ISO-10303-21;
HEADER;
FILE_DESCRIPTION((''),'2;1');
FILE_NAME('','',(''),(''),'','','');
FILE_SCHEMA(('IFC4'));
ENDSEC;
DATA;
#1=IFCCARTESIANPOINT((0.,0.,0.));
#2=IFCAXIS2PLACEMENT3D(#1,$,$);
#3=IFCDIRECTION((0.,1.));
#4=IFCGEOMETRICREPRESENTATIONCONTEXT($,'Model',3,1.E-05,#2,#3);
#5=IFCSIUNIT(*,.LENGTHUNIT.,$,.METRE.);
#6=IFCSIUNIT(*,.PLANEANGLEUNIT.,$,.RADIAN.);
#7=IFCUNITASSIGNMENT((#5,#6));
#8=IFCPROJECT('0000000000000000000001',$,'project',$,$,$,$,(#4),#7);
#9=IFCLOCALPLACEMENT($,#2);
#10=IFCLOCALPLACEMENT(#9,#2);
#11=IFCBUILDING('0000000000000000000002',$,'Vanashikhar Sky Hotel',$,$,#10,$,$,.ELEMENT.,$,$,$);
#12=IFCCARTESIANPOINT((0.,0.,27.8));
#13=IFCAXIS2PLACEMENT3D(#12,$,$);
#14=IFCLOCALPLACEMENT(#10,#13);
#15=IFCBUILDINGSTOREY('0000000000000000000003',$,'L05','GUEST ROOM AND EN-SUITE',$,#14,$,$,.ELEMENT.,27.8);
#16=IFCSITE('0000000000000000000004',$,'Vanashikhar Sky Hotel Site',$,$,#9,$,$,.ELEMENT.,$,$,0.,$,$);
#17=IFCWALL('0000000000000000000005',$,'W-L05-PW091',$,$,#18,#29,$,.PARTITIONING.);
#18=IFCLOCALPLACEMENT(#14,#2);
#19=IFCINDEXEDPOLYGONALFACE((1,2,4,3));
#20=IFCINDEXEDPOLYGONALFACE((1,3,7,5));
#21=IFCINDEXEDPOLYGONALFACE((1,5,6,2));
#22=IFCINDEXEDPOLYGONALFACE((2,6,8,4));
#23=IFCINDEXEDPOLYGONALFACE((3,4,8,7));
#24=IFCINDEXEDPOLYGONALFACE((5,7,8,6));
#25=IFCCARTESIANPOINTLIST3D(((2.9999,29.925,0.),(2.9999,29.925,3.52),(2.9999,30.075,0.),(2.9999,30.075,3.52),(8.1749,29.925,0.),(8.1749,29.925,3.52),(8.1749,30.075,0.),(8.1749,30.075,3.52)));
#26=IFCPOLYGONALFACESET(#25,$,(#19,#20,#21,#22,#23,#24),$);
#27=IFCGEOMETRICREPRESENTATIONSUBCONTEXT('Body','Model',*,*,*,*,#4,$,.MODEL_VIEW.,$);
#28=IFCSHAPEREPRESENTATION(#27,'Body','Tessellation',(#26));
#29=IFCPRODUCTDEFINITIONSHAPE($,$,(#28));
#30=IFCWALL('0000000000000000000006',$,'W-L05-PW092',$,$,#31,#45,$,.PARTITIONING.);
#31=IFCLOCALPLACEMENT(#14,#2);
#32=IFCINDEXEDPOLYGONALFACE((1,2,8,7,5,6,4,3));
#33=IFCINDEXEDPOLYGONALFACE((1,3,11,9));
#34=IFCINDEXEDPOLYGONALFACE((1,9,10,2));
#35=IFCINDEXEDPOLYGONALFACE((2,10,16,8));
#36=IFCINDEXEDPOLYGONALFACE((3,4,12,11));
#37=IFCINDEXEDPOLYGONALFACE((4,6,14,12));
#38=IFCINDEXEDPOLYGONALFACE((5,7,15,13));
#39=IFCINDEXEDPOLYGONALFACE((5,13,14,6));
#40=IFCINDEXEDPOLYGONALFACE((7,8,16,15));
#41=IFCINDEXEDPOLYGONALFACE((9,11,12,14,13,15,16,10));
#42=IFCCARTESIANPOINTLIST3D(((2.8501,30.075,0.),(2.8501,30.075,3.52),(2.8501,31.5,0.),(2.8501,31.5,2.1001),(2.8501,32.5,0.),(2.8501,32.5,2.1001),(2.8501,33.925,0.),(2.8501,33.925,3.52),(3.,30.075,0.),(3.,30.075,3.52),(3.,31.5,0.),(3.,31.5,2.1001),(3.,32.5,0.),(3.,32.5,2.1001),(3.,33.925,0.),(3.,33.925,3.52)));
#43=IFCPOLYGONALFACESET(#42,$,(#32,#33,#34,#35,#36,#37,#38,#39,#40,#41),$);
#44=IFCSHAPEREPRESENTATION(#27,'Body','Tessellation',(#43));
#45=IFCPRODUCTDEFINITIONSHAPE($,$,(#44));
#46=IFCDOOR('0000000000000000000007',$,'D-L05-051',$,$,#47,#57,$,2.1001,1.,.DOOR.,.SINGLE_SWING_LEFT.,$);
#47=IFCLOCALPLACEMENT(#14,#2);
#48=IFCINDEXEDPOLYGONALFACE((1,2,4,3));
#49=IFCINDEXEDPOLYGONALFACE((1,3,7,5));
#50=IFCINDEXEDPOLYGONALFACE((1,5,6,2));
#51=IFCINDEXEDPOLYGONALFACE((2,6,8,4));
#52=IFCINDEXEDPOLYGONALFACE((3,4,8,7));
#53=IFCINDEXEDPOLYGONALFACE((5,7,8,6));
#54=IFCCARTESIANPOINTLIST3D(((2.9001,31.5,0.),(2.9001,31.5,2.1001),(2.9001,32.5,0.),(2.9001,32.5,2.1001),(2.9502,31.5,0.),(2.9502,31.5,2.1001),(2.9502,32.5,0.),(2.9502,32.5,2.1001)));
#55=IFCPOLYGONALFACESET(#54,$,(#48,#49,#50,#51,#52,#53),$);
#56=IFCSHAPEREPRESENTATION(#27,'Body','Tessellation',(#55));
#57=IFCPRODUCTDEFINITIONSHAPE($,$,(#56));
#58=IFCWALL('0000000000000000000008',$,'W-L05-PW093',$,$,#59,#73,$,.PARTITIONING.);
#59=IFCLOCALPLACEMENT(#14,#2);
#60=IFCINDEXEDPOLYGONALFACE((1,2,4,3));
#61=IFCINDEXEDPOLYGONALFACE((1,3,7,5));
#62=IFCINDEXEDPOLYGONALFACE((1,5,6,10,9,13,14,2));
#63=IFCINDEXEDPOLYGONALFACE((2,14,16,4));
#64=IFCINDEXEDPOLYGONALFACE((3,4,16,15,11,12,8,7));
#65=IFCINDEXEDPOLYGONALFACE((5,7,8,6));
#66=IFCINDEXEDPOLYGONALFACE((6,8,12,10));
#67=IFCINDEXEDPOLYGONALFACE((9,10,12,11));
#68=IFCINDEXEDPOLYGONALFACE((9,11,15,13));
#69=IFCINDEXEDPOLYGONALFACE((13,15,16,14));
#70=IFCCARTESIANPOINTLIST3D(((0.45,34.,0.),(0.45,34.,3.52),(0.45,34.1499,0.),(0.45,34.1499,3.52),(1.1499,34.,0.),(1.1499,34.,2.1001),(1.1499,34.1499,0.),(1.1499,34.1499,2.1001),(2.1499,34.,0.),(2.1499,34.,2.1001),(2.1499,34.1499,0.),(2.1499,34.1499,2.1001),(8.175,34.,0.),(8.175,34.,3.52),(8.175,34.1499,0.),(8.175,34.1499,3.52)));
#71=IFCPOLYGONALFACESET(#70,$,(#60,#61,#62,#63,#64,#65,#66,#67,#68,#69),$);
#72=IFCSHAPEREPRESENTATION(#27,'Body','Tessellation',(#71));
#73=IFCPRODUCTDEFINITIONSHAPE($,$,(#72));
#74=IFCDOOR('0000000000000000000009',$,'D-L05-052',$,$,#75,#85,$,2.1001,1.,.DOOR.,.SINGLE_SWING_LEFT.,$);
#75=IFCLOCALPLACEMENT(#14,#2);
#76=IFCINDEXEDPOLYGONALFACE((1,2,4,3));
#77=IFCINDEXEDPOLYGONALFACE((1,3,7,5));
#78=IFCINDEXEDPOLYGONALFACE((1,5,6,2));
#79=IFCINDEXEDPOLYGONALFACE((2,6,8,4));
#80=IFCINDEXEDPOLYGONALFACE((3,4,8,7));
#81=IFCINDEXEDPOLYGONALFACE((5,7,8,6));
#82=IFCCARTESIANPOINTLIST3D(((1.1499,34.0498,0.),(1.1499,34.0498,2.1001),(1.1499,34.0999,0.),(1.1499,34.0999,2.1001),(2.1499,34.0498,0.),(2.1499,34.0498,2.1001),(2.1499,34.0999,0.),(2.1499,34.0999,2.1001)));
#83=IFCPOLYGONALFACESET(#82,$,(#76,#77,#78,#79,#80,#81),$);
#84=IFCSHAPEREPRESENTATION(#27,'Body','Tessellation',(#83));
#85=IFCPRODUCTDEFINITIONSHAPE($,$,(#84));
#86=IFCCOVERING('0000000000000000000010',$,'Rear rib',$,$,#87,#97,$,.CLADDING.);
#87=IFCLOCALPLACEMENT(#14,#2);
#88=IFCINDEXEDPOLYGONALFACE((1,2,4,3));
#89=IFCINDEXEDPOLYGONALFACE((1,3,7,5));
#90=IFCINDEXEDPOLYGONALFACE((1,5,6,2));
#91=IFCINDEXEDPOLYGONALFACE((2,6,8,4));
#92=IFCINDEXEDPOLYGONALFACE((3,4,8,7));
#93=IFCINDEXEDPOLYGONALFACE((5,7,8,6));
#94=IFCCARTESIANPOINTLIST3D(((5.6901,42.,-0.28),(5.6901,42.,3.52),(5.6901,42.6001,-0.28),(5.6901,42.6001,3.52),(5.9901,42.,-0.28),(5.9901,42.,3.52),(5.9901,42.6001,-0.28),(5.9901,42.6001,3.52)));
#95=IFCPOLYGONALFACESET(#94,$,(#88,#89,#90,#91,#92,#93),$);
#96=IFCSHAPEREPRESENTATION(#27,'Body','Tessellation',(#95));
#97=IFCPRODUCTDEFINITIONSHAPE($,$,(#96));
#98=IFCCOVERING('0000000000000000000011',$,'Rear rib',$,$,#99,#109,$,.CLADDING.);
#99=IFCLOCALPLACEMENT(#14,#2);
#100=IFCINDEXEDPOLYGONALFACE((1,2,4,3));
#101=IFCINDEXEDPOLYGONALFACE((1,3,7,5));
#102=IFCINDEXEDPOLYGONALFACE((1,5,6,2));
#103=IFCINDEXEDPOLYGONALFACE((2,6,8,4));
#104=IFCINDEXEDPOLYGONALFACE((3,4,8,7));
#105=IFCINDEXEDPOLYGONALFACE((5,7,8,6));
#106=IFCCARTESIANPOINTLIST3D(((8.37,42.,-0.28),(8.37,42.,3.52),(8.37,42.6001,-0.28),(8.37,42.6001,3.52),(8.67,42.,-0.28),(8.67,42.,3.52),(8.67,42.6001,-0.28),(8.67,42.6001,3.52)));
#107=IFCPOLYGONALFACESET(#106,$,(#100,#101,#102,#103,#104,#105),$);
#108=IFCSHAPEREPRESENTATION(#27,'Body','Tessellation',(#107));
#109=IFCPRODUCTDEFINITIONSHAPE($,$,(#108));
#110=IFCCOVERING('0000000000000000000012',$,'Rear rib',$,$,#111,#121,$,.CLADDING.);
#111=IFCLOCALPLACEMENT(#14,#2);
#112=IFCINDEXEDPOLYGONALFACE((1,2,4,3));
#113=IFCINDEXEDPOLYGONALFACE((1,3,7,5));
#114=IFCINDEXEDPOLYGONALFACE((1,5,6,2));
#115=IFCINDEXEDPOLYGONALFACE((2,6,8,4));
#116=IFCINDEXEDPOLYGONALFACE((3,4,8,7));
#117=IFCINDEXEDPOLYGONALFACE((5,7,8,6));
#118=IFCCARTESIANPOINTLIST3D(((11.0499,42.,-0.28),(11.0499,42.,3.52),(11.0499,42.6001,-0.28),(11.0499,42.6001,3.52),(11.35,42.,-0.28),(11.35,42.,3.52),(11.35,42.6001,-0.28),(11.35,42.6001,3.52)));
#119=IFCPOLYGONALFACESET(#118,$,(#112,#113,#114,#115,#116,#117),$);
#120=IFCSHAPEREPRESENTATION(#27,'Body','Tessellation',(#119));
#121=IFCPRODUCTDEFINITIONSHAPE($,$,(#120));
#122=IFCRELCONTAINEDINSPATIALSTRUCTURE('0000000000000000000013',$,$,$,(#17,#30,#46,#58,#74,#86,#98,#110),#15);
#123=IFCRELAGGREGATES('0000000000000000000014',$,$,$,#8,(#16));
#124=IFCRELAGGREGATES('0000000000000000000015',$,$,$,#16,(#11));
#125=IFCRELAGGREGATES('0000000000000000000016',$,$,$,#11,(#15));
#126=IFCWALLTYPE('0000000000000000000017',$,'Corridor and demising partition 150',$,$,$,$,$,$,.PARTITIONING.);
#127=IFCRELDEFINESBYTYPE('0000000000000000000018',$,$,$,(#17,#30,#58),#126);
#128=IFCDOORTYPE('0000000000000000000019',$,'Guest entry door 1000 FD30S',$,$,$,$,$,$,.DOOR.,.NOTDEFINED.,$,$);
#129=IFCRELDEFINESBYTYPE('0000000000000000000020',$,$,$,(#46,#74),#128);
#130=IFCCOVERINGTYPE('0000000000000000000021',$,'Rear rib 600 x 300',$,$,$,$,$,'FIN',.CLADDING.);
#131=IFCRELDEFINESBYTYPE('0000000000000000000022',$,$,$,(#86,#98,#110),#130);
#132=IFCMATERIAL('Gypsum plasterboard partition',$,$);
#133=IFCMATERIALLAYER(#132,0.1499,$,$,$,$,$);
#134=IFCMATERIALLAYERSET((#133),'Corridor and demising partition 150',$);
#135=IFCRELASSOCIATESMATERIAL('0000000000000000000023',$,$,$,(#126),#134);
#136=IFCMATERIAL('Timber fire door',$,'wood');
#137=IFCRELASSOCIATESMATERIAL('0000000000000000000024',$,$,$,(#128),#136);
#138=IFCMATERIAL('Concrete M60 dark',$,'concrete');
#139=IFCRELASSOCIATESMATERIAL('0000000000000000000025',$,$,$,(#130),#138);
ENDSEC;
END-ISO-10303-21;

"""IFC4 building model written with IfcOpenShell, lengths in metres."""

from ifc_helpers import new_model, si_unit, direction, frame, frame_2d, origin, origin_2d, place, context, subcontext, project, spatial, rectangle, extrude, source, transform, mapped, material, layer, layer_set, material_profile, profile_set, type_object, element, fill, save


model = new_model("IFC4")

# Units and contexts
model_context = context("Model", 3, precision=1e-05, world=origin(), true_north=direction((0.0, 1.0)))
body_context = subcontext(model_context, "Body", "Model", "MODEL_VIEW")
ifc_project = project(units=[si_unit("LENGTHUNIT", "METRE"), si_unit("PLANEANGLEUNIT", "RADIAN")], contexts=[model_context])

# Site, building, storey
site_placement = place(None, origin())
site = spatial("IfcSite", under=ifc_project, at=site_placement, Name="Vanashikhar Sky Hotel Site", CompositionType="ELEMENT", RefElevation=0.0)
building_placement = place(site_placement, origin())
building = spatial("IfcBuilding", under=site, at=building_placement, Name="Vanashikhar Sky Hotel", CompositionType="ELEMENT")
storey_placement = place(building_placement, frame((0.0, 0.0, 27.8)))
storey = spatial("IfcBuildingStorey", under=building, at=storey_placement, Name="L05", Description="GUEST ROOM AND EN-SUITE", CompositionType="ELEMENT", Elevation=27.8)

# Shared definitions
ifc_material_1 = material(Name="Gypsum plasterboard partition")

# Wall
ifc_layer_1 = layer(ifc_material_1, 0.1499)
ifc_layer_set_1 = layer_set([ifc_layer_1], Name="Corridor and demising partition 150")
wall_type_1 = type_object("IfcWallType", Name="Corridor and demising partition 150", PredefinedType="PARTITIONING", material=ifc_layer_set_1)
shared_shape_1 = source(origin(), body_context, "Body", "SweptSolid", [
    extrude(rectangle(XDim=5.175, YDim=0.1499, at=frame_2d((2.5874, 0.0))), origin(), (0.0, 0.0, 1.0), 3.52),
])
wall_1_placement = place(storey_placement, frame((3.0, 30.0, 0.0), z_axis=(0.0, 0.0, 1.0), x_axis=(1.0, 0.0, 0.0)))
element("IfcWall", 1, at=wall_1_placement, inside=storey, type_object=wall_type_1, Name="W-L05-PW091", PredefinedType="PARTITIONING", context=body_context, shape_type="MappedRepresentation", body=[
    mapped(shared_shape_1, transform((0.0, 0.0, 0.0), scale=1.0)),
])

# Walls, openings, doors
shared_shape_2 = source(origin(), body_context, "Body", "SweptSolid", [
    extrude(rectangle(XDim=3.8501, YDim=0.1499, at=frame_2d((1.925, 0.0))), origin(), (0.0, 0.0, 1.0), 3.52),
])
wall_2_placement = place(storey_placement, frame((2.925, 30.075, 0.0), z_axis=(0.0, 0.0, 1.0), x_axis=(0.0, 1.0, 0.0)))
wall_2 = element("IfcWall", 2, at=wall_2_placement, inside=storey, type_object=wall_type_1, Name="W-L05-PW092", PredefinedType="PARTITIONING", context=body_context, shape_type="MappedRepresentation", body=[
    mapped(shared_shape_2, transform((0.0, 0.0, 0.0), scale=1.0)),
])
shared_shape_3 = source(origin(), body_context, "Body", "SweptSolid", [
    extrude(rectangle(XDim=1.0, YDim=2.1001, at=frame_2d((0.5, 1.05))), frame((0.0, 0.085, 0.0), z_axis=(0.0, -1.0, 0.0), x_axis=(1.0, 0.0, 0.0)), (0.0, 0.0, 1.0), 0.1699),
])
opening_1_placement = place(wall_2_placement, frame((1.425, 0.0, 0.0)))
opening_1 = element("IfcOpeningElement", 3, at=opening_1_placement, cuts=wall_2, PredefinedType="OPENING", context=body_context, shape_type="MappedRepresentation", body=[
    mapped(shared_shape_3, transform((0.0, 0.0, 0.0), scale=1.0)),
])
ifc_material_2 = material(Name="Timber fire door", Category="wood")
door_type_1 = type_object("IfcDoorType", Name="Guest entry door 1000 FD30S", OperationType="NOTDEFINED", PredefinedType="DOOR", material=ifc_material_2)
shared_shape_4 = source(origin(), body_context, "Body", "SweptSolid", [
    extrude(rectangle(XDim=1.0, YDim=2.1001, at=frame_2d((0.5, 1.05))), frame((0.0, 0.0249, 0.0), z_axis=(0.0, -1.0, 0.0), x_axis=(1.0, 0.0, 0.0)), (0.0, 0.0, 1.0), 0.05),
])
door_1_placement = place(opening_1_placement, origin())
door_1 = element("IfcDoor", 4, at=door_1_placement, inside=storey, type_object=door_type_1, Name="D-L05-051", OperationType="SINGLE_SWING_LEFT", OverallHeight=2.1001, OverallWidth=1.0, PredefinedType="DOOR", context=body_context, shape_type="MappedRepresentation", body=[
    mapped(shared_shape_4, transform((0.0, 0.0, 0.0), scale=1.0)),
])
fill(opening_1, door_1)
shared_shape_5 = source(origin(), body_context, "Body", "SweptSolid", [
    extrude(rectangle(XDim=7.7251, YDim=0.1499, at=frame_2d((3.8625, 0.0))), origin(), (0.0, 0.0, 1.0), 3.52),
])
wall_3_placement = place(storey_placement, frame((0.45, 34.075, 0.0), z_axis=(0.0, 0.0, 1.0), x_axis=(1.0, 0.0, 0.0)))
wall_3 = element("IfcWall", 5, at=wall_3_placement, inside=storey, type_object=wall_type_1, Name="W-L05-PW093", PredefinedType="PARTITIONING", context=body_context, shape_type="MappedRepresentation", body=[
    mapped(shared_shape_5, transform((0.0, 0.0, 0.0), scale=1.0)),
])
opening_2_placement = place(wall_3_placement, frame((0.7, 0.0, 0.0)))
opening_2 = element("IfcOpeningElement", 6, at=opening_2_placement, cuts=wall_3, PredefinedType="OPENING", context=body_context, shape_type="MappedRepresentation", body=[
    mapped(shared_shape_3, transform((0.0, 0.0, 0.0), scale=1.0)),
])
door_2_placement = place(opening_2_placement, origin())
door_2 = element("IfcDoor", 7, at=door_2_placement, inside=storey, type_object=door_type_1, Name="D-L05-052", OperationType="SINGLE_SWING_LEFT", OverallHeight=2.1001, OverallWidth=1.0, PredefinedType="DOOR", context=body_context, shape_type="MappedRepresentation", body=[
    mapped(shared_shape_4, transform((0.0, 0.0, 0.0), scale=1.0)),
])
fill(opening_2, door_2)

# Coverings
ifc_material_3 = material(Name="Concrete M60 dark", Category="concrete")
ifc_material_profile_1 = material_profile(ifc_material_3, rectangle(XDim=0.6001, YDim=0.3, at=origin_2d()))
ifc_profile_set_1 = profile_set([ifc_material_profile_1], Name="Rear rib 600 x 300")
covering_type = type_object("IfcCoveringType", Name="Rear rib 600 x 300", ElementType="FIN", PredefinedType="CLADDING", material=ifc_profile_set_1)
shared_shape_6 = source(origin(), body_context, "Body", "SweptSolid", [
    extrude(rectangle(XDim=0.6001, YDim=0.3, at=origin_2d()), origin(), (0.0, 0.0, 1.0), 3.8),
])
for number, where, z_axis, x_axis, name in (
    (8, (5.8401, 42.3, -0.28), (0.0, 0.0, 1.0), (0.0, 1.0, 0.0), "Rear rib"),
    (9, (8.52, 42.3, -0.28), (0.0, 0.0, 1.0), (0.0, 1.0, 0.0), "Rear rib"),
    (10, (11.2, 42.3, -0.28), (0.0, 0.0, 1.0), (0.0, 1.0, 0.0), "Rear rib"),
):
    element("IfcCovering", number, at=place(storey_placement, frame(where, z_axis=z_axis, x_axis=x_axis)), inside=storey, type_object=covering_type, Name=name, PredefinedType="CLADDING", context=body_context, shape_type="MappedRepresentation", body=[
        mapped(shared_shape_6, transform((0.0, 0.0, 0.0), scale=1.0)),
    ])

save(model, "model.ifc")
